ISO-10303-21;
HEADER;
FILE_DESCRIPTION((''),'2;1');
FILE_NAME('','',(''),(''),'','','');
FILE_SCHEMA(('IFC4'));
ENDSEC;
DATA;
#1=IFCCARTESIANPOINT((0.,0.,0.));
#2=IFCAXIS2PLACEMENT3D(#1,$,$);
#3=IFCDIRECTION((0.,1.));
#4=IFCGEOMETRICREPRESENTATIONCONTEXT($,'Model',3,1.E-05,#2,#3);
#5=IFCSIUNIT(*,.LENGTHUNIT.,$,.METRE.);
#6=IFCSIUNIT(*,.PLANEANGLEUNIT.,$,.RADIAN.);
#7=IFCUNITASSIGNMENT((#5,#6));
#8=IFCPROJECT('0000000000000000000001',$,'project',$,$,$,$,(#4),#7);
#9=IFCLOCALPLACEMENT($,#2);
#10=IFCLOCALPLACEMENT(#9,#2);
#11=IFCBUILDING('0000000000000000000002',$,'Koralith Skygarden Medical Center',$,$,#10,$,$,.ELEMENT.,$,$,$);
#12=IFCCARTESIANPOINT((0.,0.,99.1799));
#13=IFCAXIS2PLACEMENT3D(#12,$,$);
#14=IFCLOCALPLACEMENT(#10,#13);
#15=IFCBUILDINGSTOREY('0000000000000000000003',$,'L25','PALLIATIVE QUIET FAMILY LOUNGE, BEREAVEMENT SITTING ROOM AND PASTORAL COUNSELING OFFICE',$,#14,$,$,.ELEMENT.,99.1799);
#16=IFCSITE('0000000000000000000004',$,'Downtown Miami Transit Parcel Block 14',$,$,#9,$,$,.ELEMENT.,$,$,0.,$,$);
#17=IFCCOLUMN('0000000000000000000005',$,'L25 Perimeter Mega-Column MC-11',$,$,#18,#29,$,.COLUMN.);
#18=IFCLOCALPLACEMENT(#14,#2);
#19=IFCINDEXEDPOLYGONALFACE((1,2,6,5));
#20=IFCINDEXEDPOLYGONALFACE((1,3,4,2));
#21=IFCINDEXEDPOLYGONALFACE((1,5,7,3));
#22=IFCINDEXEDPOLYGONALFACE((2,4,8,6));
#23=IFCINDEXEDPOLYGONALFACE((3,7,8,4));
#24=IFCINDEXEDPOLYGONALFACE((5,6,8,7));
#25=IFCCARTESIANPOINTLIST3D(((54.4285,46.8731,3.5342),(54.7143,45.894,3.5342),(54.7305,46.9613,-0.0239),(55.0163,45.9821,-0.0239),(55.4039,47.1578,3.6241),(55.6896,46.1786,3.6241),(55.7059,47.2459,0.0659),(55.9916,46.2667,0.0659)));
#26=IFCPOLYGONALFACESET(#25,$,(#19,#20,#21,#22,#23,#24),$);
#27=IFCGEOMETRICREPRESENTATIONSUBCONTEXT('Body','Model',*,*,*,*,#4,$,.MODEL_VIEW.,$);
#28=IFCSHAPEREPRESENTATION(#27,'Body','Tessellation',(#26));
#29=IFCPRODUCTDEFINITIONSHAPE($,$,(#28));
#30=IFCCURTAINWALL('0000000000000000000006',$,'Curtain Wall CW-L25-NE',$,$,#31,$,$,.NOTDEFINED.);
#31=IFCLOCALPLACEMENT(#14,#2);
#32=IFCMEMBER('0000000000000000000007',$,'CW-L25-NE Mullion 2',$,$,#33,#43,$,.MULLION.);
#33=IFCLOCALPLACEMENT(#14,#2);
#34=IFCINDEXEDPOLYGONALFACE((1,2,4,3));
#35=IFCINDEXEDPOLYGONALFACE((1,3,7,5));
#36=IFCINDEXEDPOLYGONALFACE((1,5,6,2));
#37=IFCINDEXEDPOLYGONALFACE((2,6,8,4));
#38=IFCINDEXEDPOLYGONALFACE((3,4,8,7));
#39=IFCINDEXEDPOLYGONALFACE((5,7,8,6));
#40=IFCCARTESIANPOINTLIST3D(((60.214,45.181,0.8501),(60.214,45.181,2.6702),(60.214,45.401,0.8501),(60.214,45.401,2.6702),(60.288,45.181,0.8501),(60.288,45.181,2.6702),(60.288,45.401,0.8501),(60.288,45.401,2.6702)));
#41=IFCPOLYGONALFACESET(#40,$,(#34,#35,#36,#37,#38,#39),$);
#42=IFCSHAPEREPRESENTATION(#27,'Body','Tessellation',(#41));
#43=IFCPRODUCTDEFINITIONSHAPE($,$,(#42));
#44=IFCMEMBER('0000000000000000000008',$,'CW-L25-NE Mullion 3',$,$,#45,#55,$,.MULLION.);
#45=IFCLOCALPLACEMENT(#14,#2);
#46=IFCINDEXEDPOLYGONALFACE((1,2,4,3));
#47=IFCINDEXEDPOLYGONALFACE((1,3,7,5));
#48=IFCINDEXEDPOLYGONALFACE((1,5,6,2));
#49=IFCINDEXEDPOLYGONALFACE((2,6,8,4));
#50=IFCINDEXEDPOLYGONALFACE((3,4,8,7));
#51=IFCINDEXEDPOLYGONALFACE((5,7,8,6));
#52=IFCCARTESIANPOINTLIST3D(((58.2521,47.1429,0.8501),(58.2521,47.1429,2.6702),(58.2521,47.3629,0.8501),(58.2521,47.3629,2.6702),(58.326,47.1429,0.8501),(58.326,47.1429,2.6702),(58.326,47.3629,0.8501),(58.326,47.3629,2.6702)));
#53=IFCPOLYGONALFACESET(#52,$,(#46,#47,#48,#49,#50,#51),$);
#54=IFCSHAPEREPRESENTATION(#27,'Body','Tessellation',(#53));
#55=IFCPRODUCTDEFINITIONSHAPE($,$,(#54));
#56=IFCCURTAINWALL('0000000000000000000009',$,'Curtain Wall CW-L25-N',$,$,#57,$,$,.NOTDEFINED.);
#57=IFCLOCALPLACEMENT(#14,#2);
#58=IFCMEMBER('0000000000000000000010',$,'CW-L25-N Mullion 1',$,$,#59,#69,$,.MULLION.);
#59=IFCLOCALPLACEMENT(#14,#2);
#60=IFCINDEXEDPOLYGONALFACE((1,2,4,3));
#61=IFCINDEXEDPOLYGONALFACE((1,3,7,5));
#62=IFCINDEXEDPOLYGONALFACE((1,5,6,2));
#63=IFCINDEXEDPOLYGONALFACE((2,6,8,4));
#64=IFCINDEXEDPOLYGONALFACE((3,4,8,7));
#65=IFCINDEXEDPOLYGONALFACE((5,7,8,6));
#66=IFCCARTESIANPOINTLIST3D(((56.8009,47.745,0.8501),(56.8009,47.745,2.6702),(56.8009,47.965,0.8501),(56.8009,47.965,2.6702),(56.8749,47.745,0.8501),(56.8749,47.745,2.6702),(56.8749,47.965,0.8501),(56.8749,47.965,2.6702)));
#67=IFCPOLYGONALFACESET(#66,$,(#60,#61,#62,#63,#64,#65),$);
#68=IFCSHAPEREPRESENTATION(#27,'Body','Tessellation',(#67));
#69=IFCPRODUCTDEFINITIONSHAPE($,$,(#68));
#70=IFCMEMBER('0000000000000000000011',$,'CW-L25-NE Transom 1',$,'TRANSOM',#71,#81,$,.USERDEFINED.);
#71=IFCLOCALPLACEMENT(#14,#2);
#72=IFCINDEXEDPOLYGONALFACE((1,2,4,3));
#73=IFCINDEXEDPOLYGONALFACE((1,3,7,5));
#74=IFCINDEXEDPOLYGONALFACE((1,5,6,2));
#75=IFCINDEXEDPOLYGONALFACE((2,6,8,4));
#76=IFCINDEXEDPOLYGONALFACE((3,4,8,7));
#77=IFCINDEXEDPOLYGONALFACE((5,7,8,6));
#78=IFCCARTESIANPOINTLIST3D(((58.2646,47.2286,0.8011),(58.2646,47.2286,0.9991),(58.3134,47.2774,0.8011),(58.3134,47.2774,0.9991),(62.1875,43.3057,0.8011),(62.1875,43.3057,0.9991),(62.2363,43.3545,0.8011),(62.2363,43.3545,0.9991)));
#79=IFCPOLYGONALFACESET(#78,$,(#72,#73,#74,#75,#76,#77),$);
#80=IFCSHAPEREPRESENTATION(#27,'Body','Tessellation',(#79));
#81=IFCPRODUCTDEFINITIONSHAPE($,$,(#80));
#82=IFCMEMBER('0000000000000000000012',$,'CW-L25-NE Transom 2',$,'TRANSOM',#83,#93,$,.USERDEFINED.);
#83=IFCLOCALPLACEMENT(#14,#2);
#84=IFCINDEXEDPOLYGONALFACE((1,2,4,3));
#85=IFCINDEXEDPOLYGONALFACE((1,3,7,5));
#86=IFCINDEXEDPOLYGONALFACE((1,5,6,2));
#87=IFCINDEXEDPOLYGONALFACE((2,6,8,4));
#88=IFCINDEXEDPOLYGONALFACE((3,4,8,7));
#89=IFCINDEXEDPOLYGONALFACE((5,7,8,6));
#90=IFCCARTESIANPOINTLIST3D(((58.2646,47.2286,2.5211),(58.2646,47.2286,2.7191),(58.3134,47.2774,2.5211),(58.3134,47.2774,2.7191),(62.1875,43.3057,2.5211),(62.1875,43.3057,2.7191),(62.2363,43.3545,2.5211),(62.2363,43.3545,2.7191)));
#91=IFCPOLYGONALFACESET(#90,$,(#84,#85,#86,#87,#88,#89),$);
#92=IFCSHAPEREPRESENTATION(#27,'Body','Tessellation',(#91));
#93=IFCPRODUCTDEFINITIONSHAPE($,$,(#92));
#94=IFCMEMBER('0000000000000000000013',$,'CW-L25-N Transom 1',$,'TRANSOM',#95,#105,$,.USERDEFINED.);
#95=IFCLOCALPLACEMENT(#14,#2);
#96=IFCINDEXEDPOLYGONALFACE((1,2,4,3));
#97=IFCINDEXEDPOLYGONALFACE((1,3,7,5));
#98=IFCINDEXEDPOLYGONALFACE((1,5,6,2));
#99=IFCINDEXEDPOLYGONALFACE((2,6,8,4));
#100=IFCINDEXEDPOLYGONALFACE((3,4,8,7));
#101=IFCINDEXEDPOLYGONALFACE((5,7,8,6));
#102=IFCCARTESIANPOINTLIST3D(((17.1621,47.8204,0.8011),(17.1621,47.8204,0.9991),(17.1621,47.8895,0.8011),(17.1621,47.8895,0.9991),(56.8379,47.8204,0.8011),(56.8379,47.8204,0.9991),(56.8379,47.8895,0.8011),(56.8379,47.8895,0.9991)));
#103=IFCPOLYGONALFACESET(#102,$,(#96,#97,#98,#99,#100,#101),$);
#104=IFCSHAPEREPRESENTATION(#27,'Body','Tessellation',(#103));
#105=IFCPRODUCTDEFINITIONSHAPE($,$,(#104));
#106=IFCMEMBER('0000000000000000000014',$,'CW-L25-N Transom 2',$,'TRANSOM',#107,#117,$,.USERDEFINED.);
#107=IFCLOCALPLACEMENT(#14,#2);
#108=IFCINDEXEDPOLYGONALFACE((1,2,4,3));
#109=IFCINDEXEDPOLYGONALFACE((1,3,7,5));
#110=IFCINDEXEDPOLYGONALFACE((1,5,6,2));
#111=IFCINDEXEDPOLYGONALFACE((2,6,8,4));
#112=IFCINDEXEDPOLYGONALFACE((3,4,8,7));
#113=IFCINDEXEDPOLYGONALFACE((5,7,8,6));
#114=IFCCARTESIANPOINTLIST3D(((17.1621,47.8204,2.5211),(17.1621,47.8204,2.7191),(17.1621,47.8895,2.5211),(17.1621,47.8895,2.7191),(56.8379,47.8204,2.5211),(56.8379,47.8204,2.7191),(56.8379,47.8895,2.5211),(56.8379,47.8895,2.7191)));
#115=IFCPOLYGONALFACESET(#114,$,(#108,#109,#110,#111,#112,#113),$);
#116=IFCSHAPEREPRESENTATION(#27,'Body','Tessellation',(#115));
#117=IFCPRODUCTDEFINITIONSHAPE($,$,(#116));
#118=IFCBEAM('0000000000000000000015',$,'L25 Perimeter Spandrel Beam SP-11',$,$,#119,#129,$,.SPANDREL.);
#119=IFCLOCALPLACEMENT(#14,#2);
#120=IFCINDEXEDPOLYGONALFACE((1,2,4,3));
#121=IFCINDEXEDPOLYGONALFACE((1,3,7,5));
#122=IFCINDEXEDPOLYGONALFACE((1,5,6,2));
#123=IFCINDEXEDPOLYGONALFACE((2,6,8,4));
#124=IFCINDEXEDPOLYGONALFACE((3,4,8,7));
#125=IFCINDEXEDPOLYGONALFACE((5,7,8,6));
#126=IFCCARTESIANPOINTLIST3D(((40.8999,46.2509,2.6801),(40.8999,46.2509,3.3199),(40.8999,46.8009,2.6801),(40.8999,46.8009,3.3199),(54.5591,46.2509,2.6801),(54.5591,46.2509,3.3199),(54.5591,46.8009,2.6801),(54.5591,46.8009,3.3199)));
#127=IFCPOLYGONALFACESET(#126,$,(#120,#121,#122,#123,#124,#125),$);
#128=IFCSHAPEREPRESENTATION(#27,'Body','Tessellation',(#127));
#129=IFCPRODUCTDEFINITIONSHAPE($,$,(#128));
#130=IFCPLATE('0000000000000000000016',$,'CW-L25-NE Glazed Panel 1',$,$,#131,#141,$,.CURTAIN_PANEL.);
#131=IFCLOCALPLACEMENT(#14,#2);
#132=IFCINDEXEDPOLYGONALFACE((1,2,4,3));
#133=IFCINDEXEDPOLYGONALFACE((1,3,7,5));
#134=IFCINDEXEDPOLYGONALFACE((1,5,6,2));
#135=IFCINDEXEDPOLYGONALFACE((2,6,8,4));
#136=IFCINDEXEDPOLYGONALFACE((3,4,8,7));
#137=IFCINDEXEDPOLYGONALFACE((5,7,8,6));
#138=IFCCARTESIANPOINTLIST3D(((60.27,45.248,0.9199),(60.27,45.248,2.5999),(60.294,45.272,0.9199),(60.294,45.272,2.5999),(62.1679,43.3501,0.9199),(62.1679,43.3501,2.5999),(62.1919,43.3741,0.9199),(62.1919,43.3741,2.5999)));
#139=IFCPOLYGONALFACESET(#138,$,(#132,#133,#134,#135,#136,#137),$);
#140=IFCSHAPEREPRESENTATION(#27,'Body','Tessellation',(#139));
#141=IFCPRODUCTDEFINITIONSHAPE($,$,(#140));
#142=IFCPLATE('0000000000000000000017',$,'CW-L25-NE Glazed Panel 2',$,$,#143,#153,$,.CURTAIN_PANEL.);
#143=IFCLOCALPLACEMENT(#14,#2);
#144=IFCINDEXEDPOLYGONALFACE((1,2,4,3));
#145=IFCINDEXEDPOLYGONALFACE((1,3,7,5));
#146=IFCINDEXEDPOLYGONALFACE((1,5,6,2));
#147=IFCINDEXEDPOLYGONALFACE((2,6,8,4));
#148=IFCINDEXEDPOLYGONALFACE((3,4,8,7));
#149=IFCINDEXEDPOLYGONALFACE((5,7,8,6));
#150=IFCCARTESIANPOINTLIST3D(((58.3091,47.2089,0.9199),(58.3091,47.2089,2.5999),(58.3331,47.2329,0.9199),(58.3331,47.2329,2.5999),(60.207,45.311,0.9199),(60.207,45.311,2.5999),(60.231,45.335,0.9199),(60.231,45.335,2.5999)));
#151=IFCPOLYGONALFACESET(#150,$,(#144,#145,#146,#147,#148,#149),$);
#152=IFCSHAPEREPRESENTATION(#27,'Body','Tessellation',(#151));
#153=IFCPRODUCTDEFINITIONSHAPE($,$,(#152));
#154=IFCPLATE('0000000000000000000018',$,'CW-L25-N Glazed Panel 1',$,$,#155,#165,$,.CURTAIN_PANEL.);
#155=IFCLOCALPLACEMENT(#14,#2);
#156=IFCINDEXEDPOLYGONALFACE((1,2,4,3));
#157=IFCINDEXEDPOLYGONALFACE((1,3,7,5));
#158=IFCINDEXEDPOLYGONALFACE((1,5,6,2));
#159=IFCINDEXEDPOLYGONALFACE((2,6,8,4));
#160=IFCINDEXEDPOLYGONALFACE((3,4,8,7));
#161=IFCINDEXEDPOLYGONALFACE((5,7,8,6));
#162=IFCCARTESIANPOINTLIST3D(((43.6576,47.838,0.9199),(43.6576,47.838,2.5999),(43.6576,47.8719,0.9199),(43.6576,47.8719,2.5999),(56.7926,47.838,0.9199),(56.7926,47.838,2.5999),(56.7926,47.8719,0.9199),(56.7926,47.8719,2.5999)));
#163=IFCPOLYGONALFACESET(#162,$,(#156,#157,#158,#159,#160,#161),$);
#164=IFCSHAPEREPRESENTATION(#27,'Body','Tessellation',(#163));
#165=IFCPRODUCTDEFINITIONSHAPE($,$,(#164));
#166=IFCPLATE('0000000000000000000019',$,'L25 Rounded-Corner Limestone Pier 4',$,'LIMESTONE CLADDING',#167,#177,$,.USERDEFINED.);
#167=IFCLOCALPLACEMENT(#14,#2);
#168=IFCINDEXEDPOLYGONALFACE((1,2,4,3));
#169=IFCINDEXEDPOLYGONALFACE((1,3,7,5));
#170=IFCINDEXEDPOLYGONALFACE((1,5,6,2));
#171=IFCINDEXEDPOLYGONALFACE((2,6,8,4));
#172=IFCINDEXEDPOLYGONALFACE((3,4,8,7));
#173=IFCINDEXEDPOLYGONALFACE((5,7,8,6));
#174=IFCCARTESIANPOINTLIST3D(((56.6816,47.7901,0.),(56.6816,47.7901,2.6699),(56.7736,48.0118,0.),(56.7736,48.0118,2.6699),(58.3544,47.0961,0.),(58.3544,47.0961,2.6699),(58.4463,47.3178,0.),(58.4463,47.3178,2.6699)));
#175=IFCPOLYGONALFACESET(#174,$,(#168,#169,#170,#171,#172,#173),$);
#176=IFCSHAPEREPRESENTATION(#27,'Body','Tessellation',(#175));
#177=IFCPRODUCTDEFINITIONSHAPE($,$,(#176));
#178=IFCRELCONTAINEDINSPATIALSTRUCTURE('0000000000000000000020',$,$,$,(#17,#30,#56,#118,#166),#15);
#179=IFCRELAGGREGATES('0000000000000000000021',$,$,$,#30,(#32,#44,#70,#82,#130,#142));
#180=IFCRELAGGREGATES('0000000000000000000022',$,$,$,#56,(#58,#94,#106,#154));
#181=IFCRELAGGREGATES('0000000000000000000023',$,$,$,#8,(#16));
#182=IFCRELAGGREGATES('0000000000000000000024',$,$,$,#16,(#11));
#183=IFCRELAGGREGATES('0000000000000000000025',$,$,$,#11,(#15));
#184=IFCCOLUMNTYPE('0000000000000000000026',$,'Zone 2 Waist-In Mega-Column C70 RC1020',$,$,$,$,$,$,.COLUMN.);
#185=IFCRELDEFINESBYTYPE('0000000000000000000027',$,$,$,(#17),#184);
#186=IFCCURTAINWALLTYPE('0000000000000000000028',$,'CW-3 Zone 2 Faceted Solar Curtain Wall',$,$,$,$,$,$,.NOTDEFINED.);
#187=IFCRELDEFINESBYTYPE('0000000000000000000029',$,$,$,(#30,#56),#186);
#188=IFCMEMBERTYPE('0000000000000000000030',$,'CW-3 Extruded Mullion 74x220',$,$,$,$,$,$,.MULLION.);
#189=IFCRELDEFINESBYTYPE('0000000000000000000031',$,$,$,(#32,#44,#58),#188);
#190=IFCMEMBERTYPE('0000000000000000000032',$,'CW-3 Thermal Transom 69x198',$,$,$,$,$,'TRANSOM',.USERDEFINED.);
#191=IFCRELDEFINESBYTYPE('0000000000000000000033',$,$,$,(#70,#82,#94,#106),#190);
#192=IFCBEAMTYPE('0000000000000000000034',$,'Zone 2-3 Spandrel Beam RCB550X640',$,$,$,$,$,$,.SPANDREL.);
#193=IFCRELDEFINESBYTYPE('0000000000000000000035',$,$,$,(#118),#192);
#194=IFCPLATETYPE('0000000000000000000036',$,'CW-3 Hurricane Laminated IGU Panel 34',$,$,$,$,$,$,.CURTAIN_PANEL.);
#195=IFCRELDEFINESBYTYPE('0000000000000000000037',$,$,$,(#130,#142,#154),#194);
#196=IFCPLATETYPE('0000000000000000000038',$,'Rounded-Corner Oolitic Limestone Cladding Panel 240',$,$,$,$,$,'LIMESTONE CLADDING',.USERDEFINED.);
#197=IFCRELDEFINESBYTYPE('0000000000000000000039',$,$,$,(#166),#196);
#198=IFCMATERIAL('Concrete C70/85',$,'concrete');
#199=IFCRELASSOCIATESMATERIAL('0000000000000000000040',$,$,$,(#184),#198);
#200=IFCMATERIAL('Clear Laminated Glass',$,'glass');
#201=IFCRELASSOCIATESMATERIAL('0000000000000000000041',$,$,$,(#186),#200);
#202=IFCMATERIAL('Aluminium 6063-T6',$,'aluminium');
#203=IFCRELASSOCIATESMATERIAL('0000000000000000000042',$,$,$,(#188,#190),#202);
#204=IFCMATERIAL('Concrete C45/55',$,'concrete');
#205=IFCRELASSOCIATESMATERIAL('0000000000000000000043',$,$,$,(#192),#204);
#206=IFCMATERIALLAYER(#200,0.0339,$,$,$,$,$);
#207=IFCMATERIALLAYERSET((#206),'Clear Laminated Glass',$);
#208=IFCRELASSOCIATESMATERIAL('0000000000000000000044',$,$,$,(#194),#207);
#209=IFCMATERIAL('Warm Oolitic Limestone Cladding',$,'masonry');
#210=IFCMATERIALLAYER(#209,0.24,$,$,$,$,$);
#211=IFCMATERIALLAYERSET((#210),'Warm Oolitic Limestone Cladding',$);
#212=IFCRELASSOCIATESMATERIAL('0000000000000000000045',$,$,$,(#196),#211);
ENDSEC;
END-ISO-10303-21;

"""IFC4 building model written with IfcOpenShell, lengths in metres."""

from ifc_helpers import new_model, si_unit, direction, frame, origin, origin_2d, place, context, subcontext, project, spatial, rectangle, extrude, material, layer, layer_set, material_profile, profile_set, type_object, element, aggregate, save


model = new_model("IFC4")

# Units and contexts
model_context = context("Model", 3, precision=1e-05, world=origin(), true_north=direction((0.0, 1.0)))
body_context = subcontext(model_context, "Body", "Model", "MODEL_VIEW")
ifc_project = project(units=[si_unit("LENGTHUNIT", "METRE"), si_unit("PLANEANGLEUNIT", "RADIAN")], contexts=[model_context])

# Site, building, storey
site_placement = place(None, origin())
site = spatial("IfcSite", under=ifc_project, at=site_placement, Name="Downtown Miami Transit Parcel Block 14", CompositionType="ELEMENT", RefElevation=0.0)
building_placement = place(site_placement, origin())
building = spatial("IfcBuilding", under=site, at=building_placement, Name="Koralith Skygarden Medical Center", CompositionType="ELEMENT")
storey_placement = place(building_placement, frame((0.0, 0.0, 99.1799)))
storey = spatial("IfcBuildingStorey", under=building, at=storey_placement, Name="L25", Description="PALLIATIVE QUIET FAMILY LOUNGE, BEREAVEMENT SITTING ROOM AND PASTORAL COUNSELING OFFICE", CompositionType="ELEMENT", Elevation=99.1799)

# Column
ifc_material_1 = material(Name="Concrete C70/85", Category="concrete")
ifc_material_profile_1 = material_profile(ifc_material_1, rectangle(XDim=1.02, YDim=1.02, at=origin_2d()), Name="RC1020X1020")
ifc_profile_set_1 = profile_set([ifc_material_profile_1], Name="Concrete C70/85")
column_type = type_object("IfcColumnType", Name="Zone 2 Waist-In Mega-Column C70 RC1020", PredefinedType="COLUMN", material=ifc_profile_set_1)
column_placement = place(storey_placement, frame((55.3611, 46.614, 0.021), z_axis=(-0.084547, -0.024674, 0.996114), x_axis=(0.280149, -0.959957, 0.0)))
element("IfcColumn", 1, at=column_placement, inside=storey, type_object=column_type, Name="L25 Perimeter Mega-Column MC-11", PredefinedType="COLUMN", context=body_context, shape_type="SweptSolid", body=[
    extrude(rectangle(XDim=1.02, YDim=1.02, at=origin_2d()), origin(), (0.0, 0.0, 1.0), 3.572),
])

# Curtain wall, members
ifc_material_2 = material(Name="Clear Laminated Glass", Category="glass")
curtain_wall_type = type_object("IfcCurtainWallType", Name="CW-3 Zone 2 Faceted Solar Curtain Wall", PredefinedType="NOTDEFINED", material=ifc_material_2)
curtain_wall_1_placement = place(storey_placement, origin())
curtain_wall_1 = element("IfcCurtainWall", 2, at=curtain_wall_1_placement, inside=storey, type_object=curtain_wall_type, Name="Curtain Wall CW-L25-NE", PredefinedType="NOTDEFINED")
ifc_material_3 = material(Name="Aluminium 6063-T6", Category="aluminium")
ifc_material_profile_2 = material_profile(ifc_material_3, rectangle(XDim=0.074, YDim=0.22, at=origin_2d()), Name="MUL74X220")
ifc_profile_set_2 = profile_set([ifc_material_profile_2], Name="Aluminium 6063-T6")
member_type_1 = type_object("IfcMemberType", Name="CW-3 Extruded Mullion 74x220", PredefinedType="MULLION", material=ifc_profile_set_2)
member_1_placement = place(storey_placement, frame((60.251, 45.291, 0.8501), z_axis=(0.0, 0.0, 1.0), x_axis=(1.0, 0.0, 0.0)))
member_1 = element("IfcMember", 3, at=member_1_placement, type_object=member_type_1, Name="CW-L25-NE Mullion 2", PredefinedType="MULLION", context=body_context, shape_type="SweptSolid", body=[
    extrude(rectangle(XDim=0.074, YDim=0.22, at=origin_2d()), origin(), (0.0, 0.0, 1.0), 1.8201),
])
member_2_placement = place(storey_placement, frame((58.2891, 47.2529, 0.8501), z_axis=(0.0, 0.0, 1.0), x_axis=(1.0, 0.0, 0.0)))
member_2 = element("IfcMember", 4, at=member_2_placement, type_object=member_type_1, Name="CW-L25-NE Mullion 3", PredefinedType="MULLION", context=body_context, shape_type="SweptSolid", body=[
    extrude(rectangle(XDim=0.074, YDim=0.22, at=origin_2d()), origin(), (0.0, 0.0, 1.0), 1.8201),
])

# Curtain wall, member
curtain_wall_2_placement = place(storey_placement, origin())
curtain_wall_2 = element("IfcCurtainWall", 5, at=curtain_wall_2_placement, inside=storey, type_object=curtain_wall_type, Name="Curtain Wall CW-L25-N", PredefinedType="NOTDEFINED")
member_3_placement = place(storey_placement, frame((56.8379, 47.855, 0.8501), z_axis=(0.0, 0.0, 1.0), x_axis=(1.0, 0.0, 0.0)))
member_3 = element("IfcMember", 6, at=member_3_placement, type_object=member_type_1, Name="CW-L25-N Mullion 1", PredefinedType="MULLION", context=body_context, shape_type="SweptSolid", body=[
    extrude(rectangle(XDim=0.074, YDim=0.22, at=origin_2d()), origin(), (0.0, 0.0, 1.0), 1.8201),
])

# Members
ifc_material_profile_3 = material_profile(ifc_material_3, rectangle(XDim=0.0691, YDim=0.198, at=origin_2d()), Name="TRN69X198")
ifc_profile_set_3 = profile_set([ifc_material_profile_3], Name="Aluminium 6063-T6")
member_type_2 = type_object("IfcMemberType", Name="CW-3 Thermal Transom 69x198", ElementType="TRANSOM", PredefinedType="USERDEFINED", material=ifc_profile_set_3)
member_4_placement = place(storey_placement, frame((62.2119, 43.3301, 0.9001), z_axis=(-0.707107, 0.707107, 0.0), x_axis=(-0.707107, -0.707107, 0.0)))
member_4 = element("IfcMember", 7, at=member_4_placement, type_object=member_type_2, Name="CW-L25-NE Transom 1", ObjectType="TRANSOM", PredefinedType="USERDEFINED", context=body_context, shape_type="SweptSolid", body=[
    extrude(rectangle(XDim=0.0691, YDim=0.198, at=origin_2d()), origin(), (0.0, 0.0, 1.0), 5.5479),
])
member_5_placement = place(storey_placement, frame((62.2119, 43.3301, 2.6201), z_axis=(-0.707107, 0.707107, 0.0), x_axis=(-0.707107, -0.707107, 0.0)))
member_5 = element("IfcMember", 8, at=member_5_placement, type_object=member_type_2, Name="CW-L25-NE Transom 2", ObjectType="TRANSOM", PredefinedType="USERDEFINED", context=body_context, shape_type="SweptSolid", body=[
    extrude(rectangle(XDim=0.0691, YDim=0.198, at=origin_2d()), origin(), (0.0, 0.0, 1.0), 5.5479),
])
member_6_placement = place(storey_placement, frame((56.8379, 47.855, 0.9001), z_axis=(-1.0, 0.0, 0.0), x_axis=(0.0, -1.0, 0.0)))
member_6 = element("IfcMember", 9, at=member_6_placement, type_object=member_type_2, Name="CW-L25-N Transom 1", ObjectType="TRANSOM", PredefinedType="USERDEFINED", context=body_context, shape_type="SweptSolid", body=[
    extrude(rectangle(XDim=0.0691, YDim=0.198, at=origin_2d()), origin(), (0.0, 0.0, 1.0), 39.6758),
])
member_7_placement = place(storey_placement, frame((56.8379, 47.855, 2.6201), z_axis=(-1.0, 0.0, 0.0), x_axis=(0.0, -1.0, 0.0)))
member_7 = element("IfcMember", 10, at=member_7_placement, type_object=member_type_2, Name="CW-L25-N Transom 2", ObjectType="TRANSOM", PredefinedType="USERDEFINED", context=body_context, shape_type="SweptSolid", body=[
    extrude(rectangle(XDim=0.0691, YDim=0.198, at=origin_2d()), origin(), (0.0, 0.0, 1.0), 39.6758),
])

# Beam
ifc_material_4 = material(Name="Concrete C45/55", Category="concrete")
ifc_material_profile_4 = material_profile(ifc_material_4, rectangle(XDim=0.55, YDim=0.6399, at=origin_2d()), Name="RCB550X640")
ifc_profile_set_4 = profile_set([ifc_material_profile_4], Name="Concrete C45/55")
beam_type = type_object("IfcBeamType", Name="Zone 2-3 Spandrel Beam RCB550X640", PredefinedType="SPANDREL", material=ifc_profile_set_4)
beam_placement = place(storey_placement, frame((54.5591, 46.5259, 3.0), z_axis=(-1.0, 0.0, 0.0), x_axis=(0.0, -1.0, 0.0)))
element("IfcBeam", 11, at=beam_placement, inside=storey, type_object=beam_type, Name="L25 Perimeter Spandrel Beam SP-11", PredefinedType="SPANDREL", context=body_context, shape_type="SweptSolid", body=[
    extrude(rectangle(XDim=0.55, YDim=0.6399, at=origin_2d()), origin(), (0.0, 0.0, 1.0), 13.6592),
])

# Plates
ifc_layer_1 = layer(ifc_material_2, 0.0339)
ifc_layer_set_1 = layer_set([ifc_layer_1], Name="Clear Laminated Glass")
plate_type_1 = type_object("IfcPlateType", Name="CW-3 Hurricane Laminated IGU Panel 34", PredefinedType="CURTAIN_PANEL", material=ifc_layer_set_1)
plate_1_placement = place(storey_placement, frame((61.231, 44.311, 0.9199), z_axis=(0.0, 0.0, 1.0), x_axis=(-0.707107, 0.707107, 0.0)))
plate_1 = element("IfcPlate", 12, at=plate_1_placement, type_object=plate_type_1, Name="CW-L25-NE Glazed Panel 1", PredefinedType="CURTAIN_PANEL", context=body_context, shape_type="SweptSolid", body=[
    extrude(rectangle(XDim=2.6841, YDim=0.0339, at=origin_2d()), origin(), (0.0, 0.0, 1.0), 1.6799),
])
plate_2_placement = place(storey_placement, frame((59.27, 46.272, 0.9199), z_axis=(0.0, 0.0, 1.0), x_axis=(-0.707107, 0.707107, 0.0)))
plate_2 = element("IfcPlate", 13, at=plate_2_placement, type_object=plate_type_1, Name="CW-L25-NE Glazed Panel 2", PredefinedType="CURTAIN_PANEL", context=body_context, shape_type="SweptSolid", body=[
    extrude(rectangle(XDim=2.6841, YDim=0.0339, at=origin_2d()), origin(), (0.0, 0.0, 1.0), 1.6799),
])
aggregate(curtain_wall_1, [member_1, member_2, member_4, member_5, plate_1, plate_2])
plate_3_placement = place(storey_placement, frame((50.2251, 47.855, 0.9199), z_axis=(0.0, 0.0, 1.0), x_axis=(-1.0, 0.0, 0.0)))
plate_3 = element("IfcPlate", 14, at=plate_3_placement, type_object=plate_type_1, Name="CW-L25-N Glazed Panel 1", PredefinedType="CURTAIN_PANEL", context=body_context, shape_type="SweptSolid", body=[
    extrude(rectangle(XDim=13.135, YDim=0.0339, at=origin_2d()), origin(), (0.0, 0.0, 1.0), 1.6799),
])
aggregate(curtain_wall_2, [member_3, member_6, member_7, plate_3])
ifc_material_5 = material(Name="Warm Oolitic Limestone Cladding", Category="masonry")
ifc_layer_2 = layer(ifc_material_5, 0.24)
ifc_layer_set_2 = layer_set([ifc_layer_2], Name="Warm Oolitic Limestone Cladding")
plate_type_2 = type_object("IfcPlateType", Name="Rounded-Corner Oolitic Limestone Cladding Panel 240", ElementType="LIMESTONE CLADDING", PredefinedType="USERDEFINED", material=ifc_layer_set_2)
plate_4_placement = place(storey_placement, frame((57.564, 47.554, 0.0), z_axis=(0.0, 0.0, 1.0), x_axis=(-0.92366, 0.383214, 0.0)))
element("IfcPlate", 15, at=plate_4_placement, inside=storey, type_object=plate_type_2, Name="L25 Rounded-Corner Limestone Pier 4", ObjectType="LIMESTONE CLADDING", PredefinedType="USERDEFINED", context=body_context, shape_type="SweptSolid", body=[
    extrude(rectangle(XDim=1.811, YDim=0.24, at=origin_2d()), origin(), (0.0, 0.0, 1.0), 2.6699),
])

save(model, "model.ifc")
